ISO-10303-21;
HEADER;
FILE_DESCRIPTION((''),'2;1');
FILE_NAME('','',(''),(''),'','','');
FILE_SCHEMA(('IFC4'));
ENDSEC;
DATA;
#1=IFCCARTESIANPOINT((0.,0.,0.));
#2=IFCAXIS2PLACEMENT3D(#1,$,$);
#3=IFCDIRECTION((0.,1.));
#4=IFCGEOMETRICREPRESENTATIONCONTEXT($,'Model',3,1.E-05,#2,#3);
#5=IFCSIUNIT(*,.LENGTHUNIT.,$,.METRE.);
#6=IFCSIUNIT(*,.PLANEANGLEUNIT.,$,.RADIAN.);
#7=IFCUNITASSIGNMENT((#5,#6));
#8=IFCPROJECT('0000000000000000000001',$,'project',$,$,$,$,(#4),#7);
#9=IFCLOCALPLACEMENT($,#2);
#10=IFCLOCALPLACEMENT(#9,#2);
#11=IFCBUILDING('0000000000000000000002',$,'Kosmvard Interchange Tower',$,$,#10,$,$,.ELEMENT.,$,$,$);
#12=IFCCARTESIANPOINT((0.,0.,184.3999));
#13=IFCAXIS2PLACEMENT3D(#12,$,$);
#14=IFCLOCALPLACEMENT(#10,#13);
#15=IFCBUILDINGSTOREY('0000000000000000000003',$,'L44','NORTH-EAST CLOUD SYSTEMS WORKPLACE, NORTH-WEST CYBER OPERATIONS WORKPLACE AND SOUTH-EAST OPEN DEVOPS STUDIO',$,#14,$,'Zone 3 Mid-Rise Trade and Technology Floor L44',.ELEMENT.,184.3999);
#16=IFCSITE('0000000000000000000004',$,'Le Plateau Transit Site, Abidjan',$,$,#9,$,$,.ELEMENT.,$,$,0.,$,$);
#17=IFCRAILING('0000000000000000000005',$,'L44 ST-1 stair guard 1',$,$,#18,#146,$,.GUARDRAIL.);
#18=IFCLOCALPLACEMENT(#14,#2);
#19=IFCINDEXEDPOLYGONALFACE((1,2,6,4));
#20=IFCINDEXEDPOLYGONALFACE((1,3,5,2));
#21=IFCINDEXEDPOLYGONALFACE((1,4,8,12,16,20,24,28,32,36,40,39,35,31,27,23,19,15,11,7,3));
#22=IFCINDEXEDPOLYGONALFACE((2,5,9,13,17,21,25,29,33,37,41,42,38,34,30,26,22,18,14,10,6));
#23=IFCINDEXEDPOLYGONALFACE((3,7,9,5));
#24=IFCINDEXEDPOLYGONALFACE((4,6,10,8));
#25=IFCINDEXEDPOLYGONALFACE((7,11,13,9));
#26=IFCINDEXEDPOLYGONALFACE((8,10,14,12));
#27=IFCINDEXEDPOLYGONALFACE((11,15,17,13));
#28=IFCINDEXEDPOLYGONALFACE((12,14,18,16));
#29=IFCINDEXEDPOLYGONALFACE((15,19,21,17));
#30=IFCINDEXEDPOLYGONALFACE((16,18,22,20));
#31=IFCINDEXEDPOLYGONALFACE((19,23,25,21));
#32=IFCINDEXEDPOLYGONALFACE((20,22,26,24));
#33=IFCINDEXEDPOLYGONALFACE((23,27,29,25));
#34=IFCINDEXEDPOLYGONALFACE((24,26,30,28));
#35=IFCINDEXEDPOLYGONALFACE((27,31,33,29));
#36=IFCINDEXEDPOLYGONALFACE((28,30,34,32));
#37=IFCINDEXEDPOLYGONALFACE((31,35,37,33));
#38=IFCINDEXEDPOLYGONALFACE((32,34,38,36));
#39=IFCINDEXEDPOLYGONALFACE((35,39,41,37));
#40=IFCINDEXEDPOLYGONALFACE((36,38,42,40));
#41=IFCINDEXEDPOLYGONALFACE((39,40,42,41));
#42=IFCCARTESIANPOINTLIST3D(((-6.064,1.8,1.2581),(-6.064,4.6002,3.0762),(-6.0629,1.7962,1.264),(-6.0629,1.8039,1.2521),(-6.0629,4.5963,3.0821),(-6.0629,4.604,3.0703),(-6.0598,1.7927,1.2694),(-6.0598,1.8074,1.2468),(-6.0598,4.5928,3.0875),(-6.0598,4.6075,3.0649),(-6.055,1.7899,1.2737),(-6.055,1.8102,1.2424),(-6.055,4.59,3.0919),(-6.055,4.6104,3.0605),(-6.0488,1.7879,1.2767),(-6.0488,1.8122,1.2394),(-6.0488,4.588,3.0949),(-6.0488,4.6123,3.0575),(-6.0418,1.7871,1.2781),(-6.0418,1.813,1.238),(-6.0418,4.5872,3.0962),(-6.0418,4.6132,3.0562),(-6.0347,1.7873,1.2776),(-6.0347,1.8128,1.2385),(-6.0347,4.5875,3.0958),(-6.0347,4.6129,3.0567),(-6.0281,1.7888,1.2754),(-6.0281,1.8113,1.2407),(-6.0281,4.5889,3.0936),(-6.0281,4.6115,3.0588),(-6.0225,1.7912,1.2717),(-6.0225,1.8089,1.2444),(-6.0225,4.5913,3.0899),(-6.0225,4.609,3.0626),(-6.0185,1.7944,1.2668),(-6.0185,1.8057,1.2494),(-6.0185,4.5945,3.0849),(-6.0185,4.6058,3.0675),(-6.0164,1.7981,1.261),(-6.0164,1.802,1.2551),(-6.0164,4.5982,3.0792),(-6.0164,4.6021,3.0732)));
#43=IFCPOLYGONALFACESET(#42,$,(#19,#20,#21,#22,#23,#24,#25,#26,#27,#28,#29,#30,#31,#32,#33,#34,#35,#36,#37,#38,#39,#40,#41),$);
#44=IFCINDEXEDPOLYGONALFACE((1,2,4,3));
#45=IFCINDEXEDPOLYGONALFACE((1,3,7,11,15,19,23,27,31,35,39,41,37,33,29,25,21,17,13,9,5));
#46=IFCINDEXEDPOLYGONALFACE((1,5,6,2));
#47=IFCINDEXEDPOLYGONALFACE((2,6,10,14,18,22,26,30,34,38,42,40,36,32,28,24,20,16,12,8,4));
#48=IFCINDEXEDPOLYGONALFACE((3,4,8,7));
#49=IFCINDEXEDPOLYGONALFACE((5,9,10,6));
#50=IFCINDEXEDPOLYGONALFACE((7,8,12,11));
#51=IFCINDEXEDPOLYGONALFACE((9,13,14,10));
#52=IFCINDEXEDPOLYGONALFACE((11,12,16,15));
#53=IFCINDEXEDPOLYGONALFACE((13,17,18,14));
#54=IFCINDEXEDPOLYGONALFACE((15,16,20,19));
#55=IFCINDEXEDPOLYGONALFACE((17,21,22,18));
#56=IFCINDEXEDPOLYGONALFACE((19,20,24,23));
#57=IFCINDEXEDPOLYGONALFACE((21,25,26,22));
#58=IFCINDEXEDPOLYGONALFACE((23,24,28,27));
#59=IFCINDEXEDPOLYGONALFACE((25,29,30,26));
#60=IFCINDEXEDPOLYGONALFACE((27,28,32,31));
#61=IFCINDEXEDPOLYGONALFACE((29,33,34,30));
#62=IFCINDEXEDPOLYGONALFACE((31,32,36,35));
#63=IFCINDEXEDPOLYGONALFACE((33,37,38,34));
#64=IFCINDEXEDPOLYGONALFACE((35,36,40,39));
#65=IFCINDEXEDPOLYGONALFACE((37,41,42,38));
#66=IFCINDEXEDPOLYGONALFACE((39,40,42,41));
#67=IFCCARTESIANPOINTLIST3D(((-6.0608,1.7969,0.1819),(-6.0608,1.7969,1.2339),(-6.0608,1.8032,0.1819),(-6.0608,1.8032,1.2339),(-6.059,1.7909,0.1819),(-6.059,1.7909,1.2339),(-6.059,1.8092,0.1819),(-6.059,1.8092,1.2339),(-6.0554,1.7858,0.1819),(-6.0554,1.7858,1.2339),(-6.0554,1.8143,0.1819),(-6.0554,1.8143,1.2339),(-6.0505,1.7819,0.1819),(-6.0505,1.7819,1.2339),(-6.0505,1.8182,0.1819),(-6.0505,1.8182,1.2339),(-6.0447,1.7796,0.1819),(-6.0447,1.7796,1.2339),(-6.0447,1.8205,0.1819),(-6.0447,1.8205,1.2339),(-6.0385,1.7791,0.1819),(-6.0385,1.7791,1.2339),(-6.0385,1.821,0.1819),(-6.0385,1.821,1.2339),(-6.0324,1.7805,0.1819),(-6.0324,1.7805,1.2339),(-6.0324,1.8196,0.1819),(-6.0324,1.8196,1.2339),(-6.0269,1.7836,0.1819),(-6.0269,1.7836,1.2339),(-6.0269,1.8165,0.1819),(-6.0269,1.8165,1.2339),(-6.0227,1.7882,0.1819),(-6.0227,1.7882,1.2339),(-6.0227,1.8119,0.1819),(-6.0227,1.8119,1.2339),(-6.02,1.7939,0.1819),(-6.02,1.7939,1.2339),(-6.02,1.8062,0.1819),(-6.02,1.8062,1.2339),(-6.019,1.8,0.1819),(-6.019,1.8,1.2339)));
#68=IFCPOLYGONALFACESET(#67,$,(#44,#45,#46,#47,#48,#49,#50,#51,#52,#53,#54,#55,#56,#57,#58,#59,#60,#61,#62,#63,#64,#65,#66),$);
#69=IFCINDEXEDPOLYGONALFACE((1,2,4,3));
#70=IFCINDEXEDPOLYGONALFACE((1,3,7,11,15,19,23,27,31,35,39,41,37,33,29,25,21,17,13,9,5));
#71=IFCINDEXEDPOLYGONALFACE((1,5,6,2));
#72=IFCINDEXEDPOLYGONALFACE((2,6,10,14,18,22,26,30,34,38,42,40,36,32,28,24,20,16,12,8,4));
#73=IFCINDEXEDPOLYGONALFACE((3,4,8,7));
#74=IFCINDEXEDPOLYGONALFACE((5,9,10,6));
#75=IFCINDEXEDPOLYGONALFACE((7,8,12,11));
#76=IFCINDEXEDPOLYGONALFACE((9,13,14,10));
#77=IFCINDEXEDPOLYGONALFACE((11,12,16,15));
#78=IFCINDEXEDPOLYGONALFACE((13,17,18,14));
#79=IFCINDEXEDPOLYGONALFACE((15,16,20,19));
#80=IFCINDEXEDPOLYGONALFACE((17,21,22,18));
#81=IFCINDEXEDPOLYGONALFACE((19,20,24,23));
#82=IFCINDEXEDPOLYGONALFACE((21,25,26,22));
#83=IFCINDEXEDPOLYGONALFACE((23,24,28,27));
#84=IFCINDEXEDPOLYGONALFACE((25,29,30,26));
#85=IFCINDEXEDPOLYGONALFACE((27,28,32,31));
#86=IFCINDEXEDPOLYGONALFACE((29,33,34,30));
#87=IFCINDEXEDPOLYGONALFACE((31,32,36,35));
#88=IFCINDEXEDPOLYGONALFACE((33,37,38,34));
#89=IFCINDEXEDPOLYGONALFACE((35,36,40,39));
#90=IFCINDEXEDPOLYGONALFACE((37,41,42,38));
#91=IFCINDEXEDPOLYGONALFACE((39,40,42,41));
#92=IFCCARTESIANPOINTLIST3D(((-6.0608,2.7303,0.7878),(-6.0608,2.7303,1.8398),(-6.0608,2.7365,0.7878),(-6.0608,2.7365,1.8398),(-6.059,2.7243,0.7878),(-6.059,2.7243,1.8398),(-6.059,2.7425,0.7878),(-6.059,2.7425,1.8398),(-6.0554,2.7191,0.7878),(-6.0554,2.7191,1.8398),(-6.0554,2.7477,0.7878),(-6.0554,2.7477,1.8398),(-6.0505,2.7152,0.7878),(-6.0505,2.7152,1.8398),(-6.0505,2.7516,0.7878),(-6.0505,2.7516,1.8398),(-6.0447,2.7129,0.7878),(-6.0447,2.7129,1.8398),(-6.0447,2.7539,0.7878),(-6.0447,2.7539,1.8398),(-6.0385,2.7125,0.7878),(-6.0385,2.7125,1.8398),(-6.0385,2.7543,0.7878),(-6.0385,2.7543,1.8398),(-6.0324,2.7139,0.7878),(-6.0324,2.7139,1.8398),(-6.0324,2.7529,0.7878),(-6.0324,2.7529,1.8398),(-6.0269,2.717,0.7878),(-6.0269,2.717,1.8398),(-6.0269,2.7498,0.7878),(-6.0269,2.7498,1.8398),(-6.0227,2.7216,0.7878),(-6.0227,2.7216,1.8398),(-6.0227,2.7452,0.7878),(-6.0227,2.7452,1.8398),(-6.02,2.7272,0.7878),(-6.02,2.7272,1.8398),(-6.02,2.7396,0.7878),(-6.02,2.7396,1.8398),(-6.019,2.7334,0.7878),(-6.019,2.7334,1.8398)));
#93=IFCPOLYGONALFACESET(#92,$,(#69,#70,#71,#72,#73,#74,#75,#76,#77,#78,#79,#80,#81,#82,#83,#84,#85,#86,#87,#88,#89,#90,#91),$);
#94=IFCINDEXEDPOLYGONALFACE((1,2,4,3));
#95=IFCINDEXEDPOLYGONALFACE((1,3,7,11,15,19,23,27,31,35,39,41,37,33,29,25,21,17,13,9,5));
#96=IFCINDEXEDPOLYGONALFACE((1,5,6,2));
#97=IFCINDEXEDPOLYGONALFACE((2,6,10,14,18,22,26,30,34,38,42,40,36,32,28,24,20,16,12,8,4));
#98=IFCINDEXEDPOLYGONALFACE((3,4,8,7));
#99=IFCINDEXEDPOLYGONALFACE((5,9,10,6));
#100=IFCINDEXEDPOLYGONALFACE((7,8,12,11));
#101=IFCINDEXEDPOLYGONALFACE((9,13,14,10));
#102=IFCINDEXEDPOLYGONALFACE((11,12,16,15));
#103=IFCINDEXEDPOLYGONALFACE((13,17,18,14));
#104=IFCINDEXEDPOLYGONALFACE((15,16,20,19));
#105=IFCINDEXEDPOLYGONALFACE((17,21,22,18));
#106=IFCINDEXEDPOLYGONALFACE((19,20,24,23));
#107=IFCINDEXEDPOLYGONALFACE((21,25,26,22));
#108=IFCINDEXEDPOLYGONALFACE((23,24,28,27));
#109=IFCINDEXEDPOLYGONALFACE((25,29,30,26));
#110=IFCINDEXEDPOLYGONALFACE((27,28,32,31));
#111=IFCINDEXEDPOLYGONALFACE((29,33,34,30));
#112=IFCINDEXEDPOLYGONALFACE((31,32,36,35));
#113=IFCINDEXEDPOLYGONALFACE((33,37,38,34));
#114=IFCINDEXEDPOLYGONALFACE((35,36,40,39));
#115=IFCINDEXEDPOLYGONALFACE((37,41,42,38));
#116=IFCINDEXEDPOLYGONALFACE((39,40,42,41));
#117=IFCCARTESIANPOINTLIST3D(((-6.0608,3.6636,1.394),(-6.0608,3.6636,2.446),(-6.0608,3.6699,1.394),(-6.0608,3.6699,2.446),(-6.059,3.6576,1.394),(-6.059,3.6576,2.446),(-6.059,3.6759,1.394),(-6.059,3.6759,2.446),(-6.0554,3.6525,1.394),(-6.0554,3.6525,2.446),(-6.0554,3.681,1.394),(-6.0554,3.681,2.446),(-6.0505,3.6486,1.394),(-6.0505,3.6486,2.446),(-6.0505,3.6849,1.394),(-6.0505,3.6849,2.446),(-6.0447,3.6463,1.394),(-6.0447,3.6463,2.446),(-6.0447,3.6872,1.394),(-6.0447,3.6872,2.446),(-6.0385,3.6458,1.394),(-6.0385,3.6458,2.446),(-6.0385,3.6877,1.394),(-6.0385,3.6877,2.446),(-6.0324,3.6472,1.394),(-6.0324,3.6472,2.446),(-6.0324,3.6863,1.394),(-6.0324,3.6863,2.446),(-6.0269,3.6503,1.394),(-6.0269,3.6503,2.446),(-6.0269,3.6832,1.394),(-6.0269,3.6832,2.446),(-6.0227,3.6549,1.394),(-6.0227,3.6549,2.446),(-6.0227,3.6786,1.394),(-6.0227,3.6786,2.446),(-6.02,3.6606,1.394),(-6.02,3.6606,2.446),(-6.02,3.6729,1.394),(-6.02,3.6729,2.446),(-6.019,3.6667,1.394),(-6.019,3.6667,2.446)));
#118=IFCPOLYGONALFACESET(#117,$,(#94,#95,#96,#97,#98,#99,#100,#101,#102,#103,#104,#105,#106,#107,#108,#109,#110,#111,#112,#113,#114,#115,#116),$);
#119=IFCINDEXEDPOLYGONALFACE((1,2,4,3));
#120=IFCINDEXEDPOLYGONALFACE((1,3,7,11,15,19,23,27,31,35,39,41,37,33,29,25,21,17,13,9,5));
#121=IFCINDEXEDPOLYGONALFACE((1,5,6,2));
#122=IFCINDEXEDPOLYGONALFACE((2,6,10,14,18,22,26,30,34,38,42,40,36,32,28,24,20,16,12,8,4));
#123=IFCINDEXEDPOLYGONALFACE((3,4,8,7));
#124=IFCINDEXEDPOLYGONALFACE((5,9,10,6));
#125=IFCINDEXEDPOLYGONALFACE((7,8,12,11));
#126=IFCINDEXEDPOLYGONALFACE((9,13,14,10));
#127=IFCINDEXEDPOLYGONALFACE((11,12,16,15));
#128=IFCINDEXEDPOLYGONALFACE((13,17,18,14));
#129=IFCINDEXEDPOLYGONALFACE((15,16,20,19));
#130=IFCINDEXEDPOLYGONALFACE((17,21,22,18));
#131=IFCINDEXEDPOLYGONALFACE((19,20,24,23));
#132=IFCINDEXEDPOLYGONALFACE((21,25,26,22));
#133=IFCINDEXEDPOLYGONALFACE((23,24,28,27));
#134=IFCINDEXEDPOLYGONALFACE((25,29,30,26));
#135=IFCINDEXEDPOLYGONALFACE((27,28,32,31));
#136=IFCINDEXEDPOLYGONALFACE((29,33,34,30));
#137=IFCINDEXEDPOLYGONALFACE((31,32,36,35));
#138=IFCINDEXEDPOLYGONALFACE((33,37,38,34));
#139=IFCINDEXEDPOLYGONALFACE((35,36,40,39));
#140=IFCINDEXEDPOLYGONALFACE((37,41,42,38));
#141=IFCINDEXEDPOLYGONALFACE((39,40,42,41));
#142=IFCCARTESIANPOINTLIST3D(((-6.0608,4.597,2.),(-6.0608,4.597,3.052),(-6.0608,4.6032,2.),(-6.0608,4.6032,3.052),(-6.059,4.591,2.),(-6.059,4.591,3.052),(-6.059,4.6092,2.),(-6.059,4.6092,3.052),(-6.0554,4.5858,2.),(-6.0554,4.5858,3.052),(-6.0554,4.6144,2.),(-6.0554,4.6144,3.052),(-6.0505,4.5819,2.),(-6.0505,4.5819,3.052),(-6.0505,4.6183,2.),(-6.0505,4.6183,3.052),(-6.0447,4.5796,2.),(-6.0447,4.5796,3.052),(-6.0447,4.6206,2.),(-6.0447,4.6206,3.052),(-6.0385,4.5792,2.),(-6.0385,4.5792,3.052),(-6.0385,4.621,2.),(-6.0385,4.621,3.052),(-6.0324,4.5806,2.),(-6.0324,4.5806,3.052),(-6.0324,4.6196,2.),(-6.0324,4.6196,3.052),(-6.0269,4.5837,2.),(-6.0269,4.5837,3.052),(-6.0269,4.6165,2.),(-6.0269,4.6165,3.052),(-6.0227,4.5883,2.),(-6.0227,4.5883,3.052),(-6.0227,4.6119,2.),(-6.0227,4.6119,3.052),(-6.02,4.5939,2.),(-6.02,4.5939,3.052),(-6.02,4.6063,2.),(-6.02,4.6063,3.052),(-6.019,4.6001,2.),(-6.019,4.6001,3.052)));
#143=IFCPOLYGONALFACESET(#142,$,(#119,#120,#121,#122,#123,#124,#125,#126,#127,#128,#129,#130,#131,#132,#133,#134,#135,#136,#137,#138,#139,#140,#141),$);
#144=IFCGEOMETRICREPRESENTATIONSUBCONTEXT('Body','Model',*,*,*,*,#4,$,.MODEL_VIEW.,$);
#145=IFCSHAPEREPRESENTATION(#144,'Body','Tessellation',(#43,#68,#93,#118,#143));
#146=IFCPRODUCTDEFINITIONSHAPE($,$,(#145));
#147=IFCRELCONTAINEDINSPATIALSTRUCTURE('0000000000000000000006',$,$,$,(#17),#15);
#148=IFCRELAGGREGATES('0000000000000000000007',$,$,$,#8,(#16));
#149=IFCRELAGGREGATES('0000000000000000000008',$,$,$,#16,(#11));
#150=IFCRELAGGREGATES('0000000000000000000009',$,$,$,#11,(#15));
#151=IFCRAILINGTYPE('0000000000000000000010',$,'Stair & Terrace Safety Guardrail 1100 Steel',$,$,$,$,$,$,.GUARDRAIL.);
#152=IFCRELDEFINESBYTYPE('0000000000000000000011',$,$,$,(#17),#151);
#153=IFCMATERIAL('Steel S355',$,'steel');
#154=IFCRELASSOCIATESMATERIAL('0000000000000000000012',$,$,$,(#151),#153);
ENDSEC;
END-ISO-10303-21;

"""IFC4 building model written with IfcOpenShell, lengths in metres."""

from ifc_helpers import new_model, si_unit, direction, frame, origin, origin_2d, place, context, subcontext, project, spatial, circle, extrude, source, transform, mapped, material, type_object, element, save


model = new_model("IFC4")

# Units and contexts
model_context = context("Model", 3, precision=1e-05, world=origin(), true_north=direction((0.0, 1.0)))
body_context = subcontext(model_context, "Body", "Model", "MODEL_VIEW")
ifc_project = project(units=[si_unit("LENGTHUNIT", "METRE"), si_unit("PLANEANGLEUNIT", "RADIAN")], contexts=[model_context])

# Site, building, storey
site_placement = place(None, origin())
site = spatial("IfcSite", under=ifc_project, at=site_placement, Name="Le Plateau Transit Site, Abidjan", CompositionType="ELEMENT", RefElevation=0.0)
building_placement = place(site_placement, origin())
building = spatial("IfcBuilding", under=site, at=building_placement, Name="Kosmvard Interchange Tower", CompositionType="ELEMENT")
storey_placement = place(building_placement, frame((0.0, 0.0, 184.3999)))
storey = spatial("IfcBuildingStorey", under=building, at=storey_placement, Name="L44", Description="NORTH-EAST CLOUD SYSTEMS WORKPLACE, NORTH-WEST CYBER OPERATIONS WORKPLACE AND SOUTH-EAST OPEN DEVOPS STUDIO", LongName="Zone 3 Mid-Rise Trade and Technology Floor L44", CompositionType="ELEMENT", Elevation=184.3999)

# Shared definitions
ifc_material_1 = material(Name="Steel S355", Category="steel")

# Railing
railing_type = type_object("IfcRailingType", Name="Stair & Terrace Safety Guardrail 1100 Steel", PredefinedType="GUARDRAIL", material=ifc_material_1)
shared_shape_1 = source(origin(), body_context, "Body", "SweptSolid", [
    extrude(circle(Radius=0.0239, at=origin_2d()), frame((0.0, 0.0, 1.0762), z_axis=(0.0, 0.838706, 0.544585), x_axis=(-1.0, 0.0, 0.0)), (0.0, 0.0, 1.0), 3.3386),
    extrude(circle(Radius=0.021, at=origin_2d()), origin(), (0.0, 0.0, 1.0), 1.052),
    extrude(circle(Radius=0.021, at=origin_2d()), frame((0.0, 0.9333, 0.606)), (0.0, 0.0, 1.0), 1.052),
    extrude(circle(Radius=0.021, at=origin_2d()), frame((0.0, 1.8667, 1.2122)), (0.0, 0.0, 1.0), 1.052),
    extrude(circle(Radius=0.021, at=origin_2d()), frame((0.0, 2.8, 1.8181)), (0.0, 0.0, 1.0), 1.052),
])
railing_1_placement = place(storey_placement, frame((-6.04, 1.8, 0.1819)))
element("IfcRailing", 1, at=railing_1_placement, inside=storey, type_object=railing_type, Name="L44 ST-1 stair guard 1", PredefinedType="GUARDRAIL", context=body_context, shape_type="MappedRepresentation", body=[
    mapped(shared_shape_1, transform((0.0, 0.0, 0.0), scale=1.0)),
])

save(model, "model.ifc")
